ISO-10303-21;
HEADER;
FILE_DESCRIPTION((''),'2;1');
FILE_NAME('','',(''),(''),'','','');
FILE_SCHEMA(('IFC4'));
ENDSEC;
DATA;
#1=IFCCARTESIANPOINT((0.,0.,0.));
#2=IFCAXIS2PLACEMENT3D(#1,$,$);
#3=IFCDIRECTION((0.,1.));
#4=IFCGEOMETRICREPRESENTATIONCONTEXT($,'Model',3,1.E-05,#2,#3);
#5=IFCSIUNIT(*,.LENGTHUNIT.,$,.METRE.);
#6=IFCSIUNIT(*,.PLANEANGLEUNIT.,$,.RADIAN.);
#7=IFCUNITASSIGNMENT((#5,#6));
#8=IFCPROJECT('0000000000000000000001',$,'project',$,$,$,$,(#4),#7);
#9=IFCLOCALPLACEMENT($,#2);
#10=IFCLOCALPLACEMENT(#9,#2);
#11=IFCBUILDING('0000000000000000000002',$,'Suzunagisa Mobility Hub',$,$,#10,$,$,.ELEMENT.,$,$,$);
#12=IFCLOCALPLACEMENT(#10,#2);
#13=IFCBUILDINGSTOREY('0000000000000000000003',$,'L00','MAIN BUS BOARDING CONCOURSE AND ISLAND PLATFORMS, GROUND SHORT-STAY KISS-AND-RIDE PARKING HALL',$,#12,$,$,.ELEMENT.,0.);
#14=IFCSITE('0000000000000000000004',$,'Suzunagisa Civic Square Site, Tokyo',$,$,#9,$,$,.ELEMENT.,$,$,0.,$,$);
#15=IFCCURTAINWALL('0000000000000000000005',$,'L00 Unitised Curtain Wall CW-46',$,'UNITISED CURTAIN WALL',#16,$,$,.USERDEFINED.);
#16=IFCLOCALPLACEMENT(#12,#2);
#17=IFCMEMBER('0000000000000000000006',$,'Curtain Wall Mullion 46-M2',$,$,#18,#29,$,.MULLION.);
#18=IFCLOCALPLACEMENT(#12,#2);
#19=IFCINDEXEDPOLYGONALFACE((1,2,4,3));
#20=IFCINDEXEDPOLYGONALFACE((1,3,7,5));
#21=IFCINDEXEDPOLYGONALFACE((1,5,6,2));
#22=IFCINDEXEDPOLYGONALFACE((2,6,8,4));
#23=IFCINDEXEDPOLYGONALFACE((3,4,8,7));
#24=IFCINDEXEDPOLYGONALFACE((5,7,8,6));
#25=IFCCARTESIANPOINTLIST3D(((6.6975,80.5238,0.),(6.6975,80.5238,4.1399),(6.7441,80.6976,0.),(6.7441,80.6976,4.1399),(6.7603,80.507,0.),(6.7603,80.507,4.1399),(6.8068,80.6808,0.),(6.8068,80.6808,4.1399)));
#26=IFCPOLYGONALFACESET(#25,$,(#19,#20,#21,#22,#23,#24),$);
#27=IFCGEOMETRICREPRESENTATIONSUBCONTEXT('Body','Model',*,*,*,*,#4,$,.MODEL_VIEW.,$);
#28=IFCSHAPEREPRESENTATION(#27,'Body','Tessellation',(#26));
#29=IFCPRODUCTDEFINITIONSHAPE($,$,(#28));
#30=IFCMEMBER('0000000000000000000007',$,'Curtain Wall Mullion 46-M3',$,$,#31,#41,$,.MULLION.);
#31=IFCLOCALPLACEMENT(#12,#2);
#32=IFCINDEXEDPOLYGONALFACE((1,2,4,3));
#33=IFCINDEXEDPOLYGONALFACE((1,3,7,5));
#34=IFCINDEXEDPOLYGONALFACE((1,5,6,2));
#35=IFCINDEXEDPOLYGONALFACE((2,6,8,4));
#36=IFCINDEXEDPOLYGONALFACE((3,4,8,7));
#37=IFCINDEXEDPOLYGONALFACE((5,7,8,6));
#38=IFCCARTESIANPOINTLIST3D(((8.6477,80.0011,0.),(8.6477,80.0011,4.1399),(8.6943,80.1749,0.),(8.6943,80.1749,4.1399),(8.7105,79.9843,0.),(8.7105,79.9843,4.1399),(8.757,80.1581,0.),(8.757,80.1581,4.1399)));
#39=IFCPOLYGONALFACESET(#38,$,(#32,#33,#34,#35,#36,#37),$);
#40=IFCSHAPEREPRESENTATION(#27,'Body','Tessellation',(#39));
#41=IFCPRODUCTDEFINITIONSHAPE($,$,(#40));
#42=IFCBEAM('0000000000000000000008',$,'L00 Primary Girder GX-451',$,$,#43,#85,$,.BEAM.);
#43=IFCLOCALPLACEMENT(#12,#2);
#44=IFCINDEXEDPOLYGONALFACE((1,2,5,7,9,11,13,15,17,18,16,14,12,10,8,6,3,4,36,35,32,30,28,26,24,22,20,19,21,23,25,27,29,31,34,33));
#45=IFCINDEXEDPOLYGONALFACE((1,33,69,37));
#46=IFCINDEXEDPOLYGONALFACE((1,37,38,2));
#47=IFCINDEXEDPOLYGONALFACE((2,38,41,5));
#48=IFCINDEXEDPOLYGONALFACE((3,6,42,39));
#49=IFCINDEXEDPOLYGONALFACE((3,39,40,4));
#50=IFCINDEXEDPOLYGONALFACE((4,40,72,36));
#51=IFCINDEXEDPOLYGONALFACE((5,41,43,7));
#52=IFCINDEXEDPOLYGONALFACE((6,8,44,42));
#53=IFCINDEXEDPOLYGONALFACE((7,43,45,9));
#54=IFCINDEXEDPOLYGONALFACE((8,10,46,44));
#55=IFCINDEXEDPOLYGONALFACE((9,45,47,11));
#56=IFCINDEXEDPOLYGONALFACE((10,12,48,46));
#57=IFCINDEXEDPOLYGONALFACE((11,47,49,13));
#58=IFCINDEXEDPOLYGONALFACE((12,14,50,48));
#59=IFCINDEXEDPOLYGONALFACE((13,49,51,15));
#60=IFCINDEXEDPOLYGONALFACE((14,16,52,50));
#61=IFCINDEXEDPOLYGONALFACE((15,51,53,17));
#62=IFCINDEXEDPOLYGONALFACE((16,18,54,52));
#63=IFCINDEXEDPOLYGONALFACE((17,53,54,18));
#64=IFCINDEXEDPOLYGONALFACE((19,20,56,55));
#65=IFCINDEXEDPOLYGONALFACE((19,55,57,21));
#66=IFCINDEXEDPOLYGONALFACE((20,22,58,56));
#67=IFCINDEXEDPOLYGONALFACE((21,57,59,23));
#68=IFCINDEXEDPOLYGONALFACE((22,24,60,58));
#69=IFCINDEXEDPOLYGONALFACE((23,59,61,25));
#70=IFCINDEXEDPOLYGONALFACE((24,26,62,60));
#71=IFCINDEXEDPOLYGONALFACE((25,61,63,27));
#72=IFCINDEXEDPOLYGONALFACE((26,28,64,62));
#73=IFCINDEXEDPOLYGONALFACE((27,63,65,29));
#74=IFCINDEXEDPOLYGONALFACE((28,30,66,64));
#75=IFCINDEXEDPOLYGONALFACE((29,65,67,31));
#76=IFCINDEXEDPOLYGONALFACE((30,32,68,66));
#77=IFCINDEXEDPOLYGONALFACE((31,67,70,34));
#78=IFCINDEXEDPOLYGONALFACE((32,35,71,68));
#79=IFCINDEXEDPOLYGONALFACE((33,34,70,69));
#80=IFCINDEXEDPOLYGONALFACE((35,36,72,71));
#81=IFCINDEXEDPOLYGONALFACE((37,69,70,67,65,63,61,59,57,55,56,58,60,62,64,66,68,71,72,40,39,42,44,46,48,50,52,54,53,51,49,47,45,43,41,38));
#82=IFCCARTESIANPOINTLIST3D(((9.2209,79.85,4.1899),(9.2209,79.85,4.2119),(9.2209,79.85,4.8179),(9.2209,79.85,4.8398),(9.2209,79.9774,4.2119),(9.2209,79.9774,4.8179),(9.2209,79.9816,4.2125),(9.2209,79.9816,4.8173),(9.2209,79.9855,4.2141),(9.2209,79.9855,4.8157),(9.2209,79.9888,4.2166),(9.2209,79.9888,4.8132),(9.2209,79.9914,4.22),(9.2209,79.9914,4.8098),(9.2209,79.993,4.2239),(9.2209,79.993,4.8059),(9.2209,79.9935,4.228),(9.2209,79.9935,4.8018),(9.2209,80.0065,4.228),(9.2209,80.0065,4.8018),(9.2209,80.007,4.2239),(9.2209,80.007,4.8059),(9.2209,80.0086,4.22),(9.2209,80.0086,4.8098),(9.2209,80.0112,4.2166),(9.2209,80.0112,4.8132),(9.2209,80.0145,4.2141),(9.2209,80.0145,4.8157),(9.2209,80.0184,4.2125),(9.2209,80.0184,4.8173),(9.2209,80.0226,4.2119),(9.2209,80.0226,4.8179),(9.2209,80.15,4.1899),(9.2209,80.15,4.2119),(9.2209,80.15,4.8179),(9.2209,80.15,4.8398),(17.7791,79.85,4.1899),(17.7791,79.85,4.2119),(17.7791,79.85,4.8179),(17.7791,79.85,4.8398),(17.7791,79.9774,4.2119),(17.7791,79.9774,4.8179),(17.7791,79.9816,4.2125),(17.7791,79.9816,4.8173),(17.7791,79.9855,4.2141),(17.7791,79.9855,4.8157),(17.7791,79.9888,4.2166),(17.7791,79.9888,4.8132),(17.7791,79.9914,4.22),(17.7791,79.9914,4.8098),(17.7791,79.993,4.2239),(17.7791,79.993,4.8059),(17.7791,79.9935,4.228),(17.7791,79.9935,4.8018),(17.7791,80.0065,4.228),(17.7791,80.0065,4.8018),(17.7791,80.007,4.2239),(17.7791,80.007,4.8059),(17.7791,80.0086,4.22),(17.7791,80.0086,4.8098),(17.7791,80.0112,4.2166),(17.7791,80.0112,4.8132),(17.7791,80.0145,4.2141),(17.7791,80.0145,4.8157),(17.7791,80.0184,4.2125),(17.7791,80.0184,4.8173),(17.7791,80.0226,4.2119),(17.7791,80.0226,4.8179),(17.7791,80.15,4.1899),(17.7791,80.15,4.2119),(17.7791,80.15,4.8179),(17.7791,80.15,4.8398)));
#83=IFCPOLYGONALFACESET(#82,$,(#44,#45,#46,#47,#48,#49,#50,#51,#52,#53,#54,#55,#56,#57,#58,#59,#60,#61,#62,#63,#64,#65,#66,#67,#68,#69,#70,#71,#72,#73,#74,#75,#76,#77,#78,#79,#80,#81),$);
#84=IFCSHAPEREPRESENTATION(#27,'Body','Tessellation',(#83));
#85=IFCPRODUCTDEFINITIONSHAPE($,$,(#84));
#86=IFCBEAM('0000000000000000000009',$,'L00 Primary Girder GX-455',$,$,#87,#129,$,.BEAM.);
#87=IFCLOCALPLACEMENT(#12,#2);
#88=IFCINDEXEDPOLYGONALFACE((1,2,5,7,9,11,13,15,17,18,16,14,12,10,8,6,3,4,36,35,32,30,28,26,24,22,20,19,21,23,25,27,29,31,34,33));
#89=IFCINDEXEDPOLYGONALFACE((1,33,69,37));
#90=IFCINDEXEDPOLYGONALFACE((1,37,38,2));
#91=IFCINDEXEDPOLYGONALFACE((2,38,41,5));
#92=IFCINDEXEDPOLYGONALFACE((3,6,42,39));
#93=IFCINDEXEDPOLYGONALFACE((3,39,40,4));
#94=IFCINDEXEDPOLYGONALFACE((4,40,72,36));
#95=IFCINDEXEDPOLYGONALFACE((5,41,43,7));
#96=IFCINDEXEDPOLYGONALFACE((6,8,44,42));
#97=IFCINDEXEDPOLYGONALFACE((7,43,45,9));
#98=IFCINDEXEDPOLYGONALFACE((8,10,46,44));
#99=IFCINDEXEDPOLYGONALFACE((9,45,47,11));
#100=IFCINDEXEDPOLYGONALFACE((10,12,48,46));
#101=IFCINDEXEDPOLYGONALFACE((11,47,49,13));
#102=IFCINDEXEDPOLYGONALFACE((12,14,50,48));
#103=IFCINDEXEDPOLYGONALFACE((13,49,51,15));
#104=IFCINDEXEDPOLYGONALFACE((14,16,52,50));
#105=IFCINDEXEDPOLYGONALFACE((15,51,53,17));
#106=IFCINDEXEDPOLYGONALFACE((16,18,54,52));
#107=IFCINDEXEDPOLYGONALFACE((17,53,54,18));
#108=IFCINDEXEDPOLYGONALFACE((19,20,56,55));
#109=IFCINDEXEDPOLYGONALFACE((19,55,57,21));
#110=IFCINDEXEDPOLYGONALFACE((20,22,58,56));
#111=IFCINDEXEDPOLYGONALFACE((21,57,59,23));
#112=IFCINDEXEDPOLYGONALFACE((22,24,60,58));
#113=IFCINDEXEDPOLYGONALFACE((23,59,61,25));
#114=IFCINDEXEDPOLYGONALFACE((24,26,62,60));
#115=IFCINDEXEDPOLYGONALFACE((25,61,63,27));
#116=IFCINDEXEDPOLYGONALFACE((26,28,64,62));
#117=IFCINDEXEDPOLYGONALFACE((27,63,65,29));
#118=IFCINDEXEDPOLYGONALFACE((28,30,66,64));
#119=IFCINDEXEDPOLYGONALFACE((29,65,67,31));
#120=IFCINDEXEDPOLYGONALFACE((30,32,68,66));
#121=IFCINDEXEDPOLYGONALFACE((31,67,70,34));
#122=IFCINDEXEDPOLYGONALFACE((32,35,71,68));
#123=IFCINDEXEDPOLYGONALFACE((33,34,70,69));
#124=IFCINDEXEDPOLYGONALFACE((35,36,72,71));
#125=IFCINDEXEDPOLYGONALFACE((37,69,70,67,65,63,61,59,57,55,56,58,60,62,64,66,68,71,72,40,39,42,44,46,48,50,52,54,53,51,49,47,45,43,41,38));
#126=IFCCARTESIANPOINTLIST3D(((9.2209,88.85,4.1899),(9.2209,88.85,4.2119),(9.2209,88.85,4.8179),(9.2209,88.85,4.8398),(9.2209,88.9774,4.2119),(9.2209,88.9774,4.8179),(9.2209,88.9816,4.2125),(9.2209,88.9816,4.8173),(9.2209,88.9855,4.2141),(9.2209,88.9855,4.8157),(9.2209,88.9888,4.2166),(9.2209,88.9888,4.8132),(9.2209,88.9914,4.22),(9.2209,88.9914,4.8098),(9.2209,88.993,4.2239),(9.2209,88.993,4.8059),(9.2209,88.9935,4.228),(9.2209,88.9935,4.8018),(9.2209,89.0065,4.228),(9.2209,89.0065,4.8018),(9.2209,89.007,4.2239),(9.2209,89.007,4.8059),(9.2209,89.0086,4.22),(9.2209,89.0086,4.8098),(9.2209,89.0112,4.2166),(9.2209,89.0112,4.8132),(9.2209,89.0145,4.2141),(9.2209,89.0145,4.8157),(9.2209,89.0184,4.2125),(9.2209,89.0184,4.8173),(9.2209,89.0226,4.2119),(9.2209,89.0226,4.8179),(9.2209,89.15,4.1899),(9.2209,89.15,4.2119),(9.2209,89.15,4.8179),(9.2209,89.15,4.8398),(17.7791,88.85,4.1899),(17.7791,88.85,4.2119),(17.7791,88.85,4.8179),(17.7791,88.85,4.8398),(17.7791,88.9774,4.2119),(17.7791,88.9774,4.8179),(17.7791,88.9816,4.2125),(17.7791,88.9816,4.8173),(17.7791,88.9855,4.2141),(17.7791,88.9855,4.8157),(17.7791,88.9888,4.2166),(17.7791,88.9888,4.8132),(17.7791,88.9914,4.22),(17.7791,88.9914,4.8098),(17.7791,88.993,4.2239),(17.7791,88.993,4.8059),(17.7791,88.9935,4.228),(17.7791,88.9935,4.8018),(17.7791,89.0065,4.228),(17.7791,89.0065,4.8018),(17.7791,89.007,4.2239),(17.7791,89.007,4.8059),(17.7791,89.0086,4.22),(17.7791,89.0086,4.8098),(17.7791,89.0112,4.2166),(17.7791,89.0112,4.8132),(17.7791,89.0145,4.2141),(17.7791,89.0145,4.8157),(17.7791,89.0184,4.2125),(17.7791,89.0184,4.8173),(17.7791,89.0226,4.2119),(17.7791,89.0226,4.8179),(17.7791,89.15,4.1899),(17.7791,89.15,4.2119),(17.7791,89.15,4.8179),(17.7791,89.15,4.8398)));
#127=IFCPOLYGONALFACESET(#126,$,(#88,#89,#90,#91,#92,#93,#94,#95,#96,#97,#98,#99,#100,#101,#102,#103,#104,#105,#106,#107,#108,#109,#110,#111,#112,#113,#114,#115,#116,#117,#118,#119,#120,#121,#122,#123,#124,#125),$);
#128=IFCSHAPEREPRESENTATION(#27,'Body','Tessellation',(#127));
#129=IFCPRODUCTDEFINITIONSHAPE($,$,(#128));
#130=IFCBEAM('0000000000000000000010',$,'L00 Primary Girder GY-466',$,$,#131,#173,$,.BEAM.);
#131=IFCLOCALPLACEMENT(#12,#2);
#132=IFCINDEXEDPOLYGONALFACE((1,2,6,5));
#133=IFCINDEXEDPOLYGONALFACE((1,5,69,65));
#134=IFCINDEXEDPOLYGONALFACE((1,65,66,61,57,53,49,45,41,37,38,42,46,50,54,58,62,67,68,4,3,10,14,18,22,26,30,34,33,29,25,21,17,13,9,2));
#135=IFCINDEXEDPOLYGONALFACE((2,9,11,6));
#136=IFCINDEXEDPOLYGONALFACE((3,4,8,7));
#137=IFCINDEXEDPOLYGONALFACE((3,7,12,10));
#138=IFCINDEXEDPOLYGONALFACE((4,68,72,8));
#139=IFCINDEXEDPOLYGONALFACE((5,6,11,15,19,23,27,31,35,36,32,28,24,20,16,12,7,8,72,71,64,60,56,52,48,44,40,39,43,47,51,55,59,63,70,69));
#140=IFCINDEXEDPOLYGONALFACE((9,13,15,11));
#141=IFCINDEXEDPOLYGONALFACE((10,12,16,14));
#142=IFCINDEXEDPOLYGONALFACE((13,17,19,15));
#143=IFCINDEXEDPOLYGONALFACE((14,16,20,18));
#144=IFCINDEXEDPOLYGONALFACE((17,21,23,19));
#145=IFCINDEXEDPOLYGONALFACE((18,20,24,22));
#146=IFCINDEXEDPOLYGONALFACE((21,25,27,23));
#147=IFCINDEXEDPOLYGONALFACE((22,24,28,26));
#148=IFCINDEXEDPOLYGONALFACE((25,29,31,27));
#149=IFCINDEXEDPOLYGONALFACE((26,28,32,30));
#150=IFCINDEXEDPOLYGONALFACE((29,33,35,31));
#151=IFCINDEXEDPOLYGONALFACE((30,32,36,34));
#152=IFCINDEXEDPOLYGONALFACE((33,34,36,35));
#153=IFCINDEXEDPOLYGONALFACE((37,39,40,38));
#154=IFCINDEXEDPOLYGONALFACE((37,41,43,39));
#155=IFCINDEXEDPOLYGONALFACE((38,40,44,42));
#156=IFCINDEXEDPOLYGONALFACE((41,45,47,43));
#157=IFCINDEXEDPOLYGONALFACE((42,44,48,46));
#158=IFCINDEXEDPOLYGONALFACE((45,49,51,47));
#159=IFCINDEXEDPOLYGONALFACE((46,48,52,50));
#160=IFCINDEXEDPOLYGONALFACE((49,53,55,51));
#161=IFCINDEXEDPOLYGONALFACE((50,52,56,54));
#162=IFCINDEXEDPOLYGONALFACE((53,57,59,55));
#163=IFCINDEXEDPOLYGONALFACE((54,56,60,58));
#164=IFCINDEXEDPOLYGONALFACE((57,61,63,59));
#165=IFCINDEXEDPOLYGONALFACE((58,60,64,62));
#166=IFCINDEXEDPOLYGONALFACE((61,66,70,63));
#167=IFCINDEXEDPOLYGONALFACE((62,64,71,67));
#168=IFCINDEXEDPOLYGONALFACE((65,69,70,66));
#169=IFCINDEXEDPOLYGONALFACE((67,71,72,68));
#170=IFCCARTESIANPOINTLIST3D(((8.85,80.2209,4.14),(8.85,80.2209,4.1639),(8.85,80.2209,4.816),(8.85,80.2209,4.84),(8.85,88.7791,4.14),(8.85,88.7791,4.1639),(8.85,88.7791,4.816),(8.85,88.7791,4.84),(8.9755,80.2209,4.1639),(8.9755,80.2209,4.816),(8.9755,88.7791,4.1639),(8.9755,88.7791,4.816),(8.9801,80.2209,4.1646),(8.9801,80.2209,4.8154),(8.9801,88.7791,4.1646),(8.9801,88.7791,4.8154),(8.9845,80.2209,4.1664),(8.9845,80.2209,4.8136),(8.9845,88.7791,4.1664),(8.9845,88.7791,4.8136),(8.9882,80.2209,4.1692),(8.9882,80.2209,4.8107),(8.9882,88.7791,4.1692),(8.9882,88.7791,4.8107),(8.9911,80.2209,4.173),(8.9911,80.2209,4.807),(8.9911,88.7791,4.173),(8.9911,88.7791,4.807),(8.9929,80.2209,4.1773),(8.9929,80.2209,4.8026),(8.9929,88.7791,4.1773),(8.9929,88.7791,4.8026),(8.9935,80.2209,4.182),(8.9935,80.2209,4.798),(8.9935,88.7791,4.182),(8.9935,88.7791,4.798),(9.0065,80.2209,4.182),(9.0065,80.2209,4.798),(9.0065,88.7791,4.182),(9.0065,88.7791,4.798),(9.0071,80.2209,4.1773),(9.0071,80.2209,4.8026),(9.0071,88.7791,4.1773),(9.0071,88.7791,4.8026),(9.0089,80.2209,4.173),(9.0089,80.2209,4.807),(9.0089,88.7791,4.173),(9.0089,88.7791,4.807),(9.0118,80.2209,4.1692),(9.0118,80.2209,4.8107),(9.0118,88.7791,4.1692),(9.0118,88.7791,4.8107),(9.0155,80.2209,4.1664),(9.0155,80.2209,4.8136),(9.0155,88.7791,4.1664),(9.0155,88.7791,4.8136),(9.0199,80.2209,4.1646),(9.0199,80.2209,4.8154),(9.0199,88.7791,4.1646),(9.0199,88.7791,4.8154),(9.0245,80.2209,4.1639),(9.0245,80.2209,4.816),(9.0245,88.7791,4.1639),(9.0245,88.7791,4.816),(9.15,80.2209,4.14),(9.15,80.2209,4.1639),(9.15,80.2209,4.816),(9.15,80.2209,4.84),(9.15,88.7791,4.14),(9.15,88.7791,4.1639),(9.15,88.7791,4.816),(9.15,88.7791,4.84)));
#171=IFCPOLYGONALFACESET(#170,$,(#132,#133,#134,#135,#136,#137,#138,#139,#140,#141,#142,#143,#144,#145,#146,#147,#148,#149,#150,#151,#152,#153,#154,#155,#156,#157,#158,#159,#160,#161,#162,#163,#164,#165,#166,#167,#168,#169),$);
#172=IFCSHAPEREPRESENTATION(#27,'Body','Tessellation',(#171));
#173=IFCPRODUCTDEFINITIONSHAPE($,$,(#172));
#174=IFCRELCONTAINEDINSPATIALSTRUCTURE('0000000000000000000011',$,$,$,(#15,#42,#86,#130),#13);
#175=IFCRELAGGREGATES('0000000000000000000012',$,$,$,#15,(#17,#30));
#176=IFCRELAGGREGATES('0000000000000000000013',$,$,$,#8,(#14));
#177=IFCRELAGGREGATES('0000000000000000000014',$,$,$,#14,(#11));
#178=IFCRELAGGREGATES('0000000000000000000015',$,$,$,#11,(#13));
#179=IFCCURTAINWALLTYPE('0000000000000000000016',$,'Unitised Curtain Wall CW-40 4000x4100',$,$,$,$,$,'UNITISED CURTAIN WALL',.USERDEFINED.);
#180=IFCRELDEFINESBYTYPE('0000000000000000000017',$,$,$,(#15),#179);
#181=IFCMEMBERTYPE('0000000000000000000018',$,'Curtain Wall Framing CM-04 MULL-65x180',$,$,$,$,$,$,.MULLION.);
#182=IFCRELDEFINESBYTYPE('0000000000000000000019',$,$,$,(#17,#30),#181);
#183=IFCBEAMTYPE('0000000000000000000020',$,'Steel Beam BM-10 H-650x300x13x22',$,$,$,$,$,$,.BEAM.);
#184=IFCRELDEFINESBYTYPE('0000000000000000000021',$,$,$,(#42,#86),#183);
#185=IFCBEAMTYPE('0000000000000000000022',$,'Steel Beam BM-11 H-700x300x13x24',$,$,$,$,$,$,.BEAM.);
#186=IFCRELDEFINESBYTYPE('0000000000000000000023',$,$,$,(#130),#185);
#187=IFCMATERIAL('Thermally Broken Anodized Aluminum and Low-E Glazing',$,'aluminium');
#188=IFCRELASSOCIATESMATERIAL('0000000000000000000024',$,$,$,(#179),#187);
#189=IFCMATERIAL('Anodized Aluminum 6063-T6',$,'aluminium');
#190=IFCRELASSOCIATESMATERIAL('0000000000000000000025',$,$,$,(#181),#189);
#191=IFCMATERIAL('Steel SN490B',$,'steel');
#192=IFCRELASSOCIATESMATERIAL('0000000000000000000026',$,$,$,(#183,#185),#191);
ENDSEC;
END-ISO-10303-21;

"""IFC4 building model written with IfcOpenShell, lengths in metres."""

from ifc_helpers import new_model, si_unit, direction, frame, origin, origin_2d, place, context, subcontext, project, spatial, rectangle, i_section, extrude, material, material_profile, profile_set, type_object, element, aggregate, save


model = new_model("IFC4")

# Units and contexts
model_context = context("Model", 3, precision=1e-05, world=origin(), true_north=direction((0.0, 1.0)))
body_context = subcontext(model_context, "Body", "Model", "MODEL_VIEW")
ifc_project = project(units=[si_unit("LENGTHUNIT", "METRE"), si_unit("PLANEANGLEUNIT", "RADIAN")], contexts=[model_context])

# Site, building, storey
site_placement = place(None, origin())
site = spatial("IfcSite", under=ifc_project, at=site_placement, Name="Suzunagisa Civic Square Site, Tokyo", CompositionType="ELEMENT", RefElevation=0.0)
building_placement = place(site_placement, origin())
building = spatial("IfcBuilding", under=site, at=building_placement, Name="Suzunagisa Mobility Hub", CompositionType="ELEMENT")
storey_placement = place(building_placement, origin())
storey = spatial("IfcBuildingStorey", under=building, at=storey_placement, Name="L00", Description="MAIN BUS BOARDING CONCOURSE AND ISLAND PLATFORMS, GROUND SHORT-STAY KISS-AND-RIDE PARKING HALL", CompositionType="ELEMENT", Elevation=0.0)

# Shared definitions
ifc_material_1 = material(Name="Steel SN490B", Category="steel")

# Curtain wall
ifc_material_2 = material(Name="Thermally Broken Anodized Aluminum and Low-E Glazing", Category="aluminium")
ifc_material_3 = material(Name="Anodized Aluminum 6063-T6", Category="aluminium")
curtain_wall_type_1 = type_object("IfcCurtainWallType", Name="Unitised Curtain Wall CW-40 4000x4100", ElementType="UNITISED CURTAIN WALL", PredefinedType="USERDEFINED", material=ifc_material_2)
curtain_wall_1_placement = place(storey_placement, origin())
curtain_wall_1 = element("IfcCurtainWall", 1, at=curtain_wall_1_placement, inside=storey, type_object=curtain_wall_type_1, Name="L00 Unitised Curtain Wall CW-46", ObjectType="UNITISED CURTAIN WALL", PredefinedType="USERDEFINED")

# Members
ifc_material_profile_1 = material_profile(ifc_material_3, rectangle(XDim=0.0649, YDim=0.1799, at=origin_2d()), Name="MULL-65x180")
ifc_profile_set_1 = profile_set([ifc_material_profile_1], Name="Anodized Aluminum 6063-T6")
member_type_1 = type_object("IfcMemberType", Name="Curtain Wall Framing CM-04 MULL-65x180", PredefinedType="MULLION", material=ifc_profile_set_1)
member_1_placement = place(storey_placement, frame((6.7522, 80.6023, 0.0), z_axis=(0.0, 0.0, 1.0), x_axis=(0.965925, -0.258821, 0.0)))
member_1 = element("IfcMember", 2, at=member_1_placement, type_object=member_type_1, Name="Curtain Wall Mullion 46-M2", PredefinedType="MULLION", context=body_context, shape_type="SweptSolid", body=[
    extrude(rectangle(XDim=0.0649, YDim=0.1799, at=origin_2d()), origin(), (0.0, 0.0, 1.0), 4.1399),
])
member_2_placement = place(storey_placement, frame((8.7024, 80.0796, 0.0), z_axis=(0.0, 0.0, 1.0), x_axis=(0.965925, -0.258821, 0.0)))
member_2 = element("IfcMember", 3, at=member_2_placement, type_object=member_type_1, Name="Curtain Wall Mullion 46-M3", PredefinedType="MULLION", context=body_context, shape_type="SweptSolid", body=[
    extrude(rectangle(XDim=0.0649, YDim=0.1799, at=origin_2d()), origin(), (0.0, 0.0, 1.0), 4.1399),
])

# Beams
ifc_material_profile_2 = material_profile(ifc_material_1, i_section(OverallWidth=0.3, OverallDepth=0.6499, WebThickness=0.0129, FlangeThickness=0.022, FilletRadius=0.0161, at=origin_2d()), Name="H-650x300x13x22")
ifc_profile_set_2 = profile_set([ifc_material_profile_2], Name="Steel SN490B")
beam_type_1 = type_object("IfcBeamType", Name="Steel Beam BM-10 H-650x300x13x22", PredefinedType="BEAM", material=ifc_profile_set_2)
for number, where, z_axis, x_axis, name in (
    (4, (9.2209, 80.0, 4.5149), (1.0, 0.0, 0.0), (0.0, 1.0, 0.0), "L00 Primary Girder GX-451"),
    (5, (9.2209, 89.0, 4.5149), (1.0, 0.0, 0.0), (0.0, 1.0, 0.0), "L00 Primary Girder GX-455"),
):
    element("IfcBeam", number, at=place(storey_placement, frame(where, z_axis=z_axis, x_axis=x_axis)), inside=storey, type_object=beam_type_1, Name=name, PredefinedType="BEAM", context=body_context, shape_type="SweptSolid", body=[
        extrude(i_section(OverallWidth=0.3, OverallDepth=0.6499, WebThickness=0.0129, FlangeThickness=0.022, FilletRadius=0.0161, at=origin_2d()), origin(), (0.0, 0.0, 1.0), 8.5581),
    ])
ifc_material_profile_3 = material_profile(ifc_material_1, i_section(OverallWidth=0.3, OverallDepth=0.7, WebThickness=0.0129, FlangeThickness=0.0239, FilletRadius=0.0181, at=origin_2d()), Name="H-700x300x13x24")
ifc_profile_set_3 = profile_set([ifc_material_profile_3], Name="Steel SN490B")
beam_type_2 = type_object("IfcBeamType", Name="Steel Beam BM-11 H-700x300x13x24", PredefinedType="BEAM", material=ifc_profile_set_3)
for number, where, z_axis, x_axis, name in (
    (6, (9.0, 80.2209, 4.49), (0.0, 1.0, 0.0), (-1.0, 0.0, 0.0), "L00 Primary Girder GY-466"),
):
    element("IfcBeam", number, at=place(storey_placement, frame(where, z_axis=z_axis, x_axis=x_axis)), inside=storey, type_object=beam_type_2, Name=name, PredefinedType="BEAM", context=body_context, shape_type="SweptSolid", body=[
        extrude(i_section(OverallWidth=0.3, OverallDepth=0.7, WebThickness=0.0129, FlangeThickness=0.0239, FilletRadius=0.0181, at=origin_2d()), origin(), (0.0, 0.0, 1.0), 8.5581),
    ])

aggregate(curtain_wall_1, [member_1, member_2])

save(model, "model.ifc")
